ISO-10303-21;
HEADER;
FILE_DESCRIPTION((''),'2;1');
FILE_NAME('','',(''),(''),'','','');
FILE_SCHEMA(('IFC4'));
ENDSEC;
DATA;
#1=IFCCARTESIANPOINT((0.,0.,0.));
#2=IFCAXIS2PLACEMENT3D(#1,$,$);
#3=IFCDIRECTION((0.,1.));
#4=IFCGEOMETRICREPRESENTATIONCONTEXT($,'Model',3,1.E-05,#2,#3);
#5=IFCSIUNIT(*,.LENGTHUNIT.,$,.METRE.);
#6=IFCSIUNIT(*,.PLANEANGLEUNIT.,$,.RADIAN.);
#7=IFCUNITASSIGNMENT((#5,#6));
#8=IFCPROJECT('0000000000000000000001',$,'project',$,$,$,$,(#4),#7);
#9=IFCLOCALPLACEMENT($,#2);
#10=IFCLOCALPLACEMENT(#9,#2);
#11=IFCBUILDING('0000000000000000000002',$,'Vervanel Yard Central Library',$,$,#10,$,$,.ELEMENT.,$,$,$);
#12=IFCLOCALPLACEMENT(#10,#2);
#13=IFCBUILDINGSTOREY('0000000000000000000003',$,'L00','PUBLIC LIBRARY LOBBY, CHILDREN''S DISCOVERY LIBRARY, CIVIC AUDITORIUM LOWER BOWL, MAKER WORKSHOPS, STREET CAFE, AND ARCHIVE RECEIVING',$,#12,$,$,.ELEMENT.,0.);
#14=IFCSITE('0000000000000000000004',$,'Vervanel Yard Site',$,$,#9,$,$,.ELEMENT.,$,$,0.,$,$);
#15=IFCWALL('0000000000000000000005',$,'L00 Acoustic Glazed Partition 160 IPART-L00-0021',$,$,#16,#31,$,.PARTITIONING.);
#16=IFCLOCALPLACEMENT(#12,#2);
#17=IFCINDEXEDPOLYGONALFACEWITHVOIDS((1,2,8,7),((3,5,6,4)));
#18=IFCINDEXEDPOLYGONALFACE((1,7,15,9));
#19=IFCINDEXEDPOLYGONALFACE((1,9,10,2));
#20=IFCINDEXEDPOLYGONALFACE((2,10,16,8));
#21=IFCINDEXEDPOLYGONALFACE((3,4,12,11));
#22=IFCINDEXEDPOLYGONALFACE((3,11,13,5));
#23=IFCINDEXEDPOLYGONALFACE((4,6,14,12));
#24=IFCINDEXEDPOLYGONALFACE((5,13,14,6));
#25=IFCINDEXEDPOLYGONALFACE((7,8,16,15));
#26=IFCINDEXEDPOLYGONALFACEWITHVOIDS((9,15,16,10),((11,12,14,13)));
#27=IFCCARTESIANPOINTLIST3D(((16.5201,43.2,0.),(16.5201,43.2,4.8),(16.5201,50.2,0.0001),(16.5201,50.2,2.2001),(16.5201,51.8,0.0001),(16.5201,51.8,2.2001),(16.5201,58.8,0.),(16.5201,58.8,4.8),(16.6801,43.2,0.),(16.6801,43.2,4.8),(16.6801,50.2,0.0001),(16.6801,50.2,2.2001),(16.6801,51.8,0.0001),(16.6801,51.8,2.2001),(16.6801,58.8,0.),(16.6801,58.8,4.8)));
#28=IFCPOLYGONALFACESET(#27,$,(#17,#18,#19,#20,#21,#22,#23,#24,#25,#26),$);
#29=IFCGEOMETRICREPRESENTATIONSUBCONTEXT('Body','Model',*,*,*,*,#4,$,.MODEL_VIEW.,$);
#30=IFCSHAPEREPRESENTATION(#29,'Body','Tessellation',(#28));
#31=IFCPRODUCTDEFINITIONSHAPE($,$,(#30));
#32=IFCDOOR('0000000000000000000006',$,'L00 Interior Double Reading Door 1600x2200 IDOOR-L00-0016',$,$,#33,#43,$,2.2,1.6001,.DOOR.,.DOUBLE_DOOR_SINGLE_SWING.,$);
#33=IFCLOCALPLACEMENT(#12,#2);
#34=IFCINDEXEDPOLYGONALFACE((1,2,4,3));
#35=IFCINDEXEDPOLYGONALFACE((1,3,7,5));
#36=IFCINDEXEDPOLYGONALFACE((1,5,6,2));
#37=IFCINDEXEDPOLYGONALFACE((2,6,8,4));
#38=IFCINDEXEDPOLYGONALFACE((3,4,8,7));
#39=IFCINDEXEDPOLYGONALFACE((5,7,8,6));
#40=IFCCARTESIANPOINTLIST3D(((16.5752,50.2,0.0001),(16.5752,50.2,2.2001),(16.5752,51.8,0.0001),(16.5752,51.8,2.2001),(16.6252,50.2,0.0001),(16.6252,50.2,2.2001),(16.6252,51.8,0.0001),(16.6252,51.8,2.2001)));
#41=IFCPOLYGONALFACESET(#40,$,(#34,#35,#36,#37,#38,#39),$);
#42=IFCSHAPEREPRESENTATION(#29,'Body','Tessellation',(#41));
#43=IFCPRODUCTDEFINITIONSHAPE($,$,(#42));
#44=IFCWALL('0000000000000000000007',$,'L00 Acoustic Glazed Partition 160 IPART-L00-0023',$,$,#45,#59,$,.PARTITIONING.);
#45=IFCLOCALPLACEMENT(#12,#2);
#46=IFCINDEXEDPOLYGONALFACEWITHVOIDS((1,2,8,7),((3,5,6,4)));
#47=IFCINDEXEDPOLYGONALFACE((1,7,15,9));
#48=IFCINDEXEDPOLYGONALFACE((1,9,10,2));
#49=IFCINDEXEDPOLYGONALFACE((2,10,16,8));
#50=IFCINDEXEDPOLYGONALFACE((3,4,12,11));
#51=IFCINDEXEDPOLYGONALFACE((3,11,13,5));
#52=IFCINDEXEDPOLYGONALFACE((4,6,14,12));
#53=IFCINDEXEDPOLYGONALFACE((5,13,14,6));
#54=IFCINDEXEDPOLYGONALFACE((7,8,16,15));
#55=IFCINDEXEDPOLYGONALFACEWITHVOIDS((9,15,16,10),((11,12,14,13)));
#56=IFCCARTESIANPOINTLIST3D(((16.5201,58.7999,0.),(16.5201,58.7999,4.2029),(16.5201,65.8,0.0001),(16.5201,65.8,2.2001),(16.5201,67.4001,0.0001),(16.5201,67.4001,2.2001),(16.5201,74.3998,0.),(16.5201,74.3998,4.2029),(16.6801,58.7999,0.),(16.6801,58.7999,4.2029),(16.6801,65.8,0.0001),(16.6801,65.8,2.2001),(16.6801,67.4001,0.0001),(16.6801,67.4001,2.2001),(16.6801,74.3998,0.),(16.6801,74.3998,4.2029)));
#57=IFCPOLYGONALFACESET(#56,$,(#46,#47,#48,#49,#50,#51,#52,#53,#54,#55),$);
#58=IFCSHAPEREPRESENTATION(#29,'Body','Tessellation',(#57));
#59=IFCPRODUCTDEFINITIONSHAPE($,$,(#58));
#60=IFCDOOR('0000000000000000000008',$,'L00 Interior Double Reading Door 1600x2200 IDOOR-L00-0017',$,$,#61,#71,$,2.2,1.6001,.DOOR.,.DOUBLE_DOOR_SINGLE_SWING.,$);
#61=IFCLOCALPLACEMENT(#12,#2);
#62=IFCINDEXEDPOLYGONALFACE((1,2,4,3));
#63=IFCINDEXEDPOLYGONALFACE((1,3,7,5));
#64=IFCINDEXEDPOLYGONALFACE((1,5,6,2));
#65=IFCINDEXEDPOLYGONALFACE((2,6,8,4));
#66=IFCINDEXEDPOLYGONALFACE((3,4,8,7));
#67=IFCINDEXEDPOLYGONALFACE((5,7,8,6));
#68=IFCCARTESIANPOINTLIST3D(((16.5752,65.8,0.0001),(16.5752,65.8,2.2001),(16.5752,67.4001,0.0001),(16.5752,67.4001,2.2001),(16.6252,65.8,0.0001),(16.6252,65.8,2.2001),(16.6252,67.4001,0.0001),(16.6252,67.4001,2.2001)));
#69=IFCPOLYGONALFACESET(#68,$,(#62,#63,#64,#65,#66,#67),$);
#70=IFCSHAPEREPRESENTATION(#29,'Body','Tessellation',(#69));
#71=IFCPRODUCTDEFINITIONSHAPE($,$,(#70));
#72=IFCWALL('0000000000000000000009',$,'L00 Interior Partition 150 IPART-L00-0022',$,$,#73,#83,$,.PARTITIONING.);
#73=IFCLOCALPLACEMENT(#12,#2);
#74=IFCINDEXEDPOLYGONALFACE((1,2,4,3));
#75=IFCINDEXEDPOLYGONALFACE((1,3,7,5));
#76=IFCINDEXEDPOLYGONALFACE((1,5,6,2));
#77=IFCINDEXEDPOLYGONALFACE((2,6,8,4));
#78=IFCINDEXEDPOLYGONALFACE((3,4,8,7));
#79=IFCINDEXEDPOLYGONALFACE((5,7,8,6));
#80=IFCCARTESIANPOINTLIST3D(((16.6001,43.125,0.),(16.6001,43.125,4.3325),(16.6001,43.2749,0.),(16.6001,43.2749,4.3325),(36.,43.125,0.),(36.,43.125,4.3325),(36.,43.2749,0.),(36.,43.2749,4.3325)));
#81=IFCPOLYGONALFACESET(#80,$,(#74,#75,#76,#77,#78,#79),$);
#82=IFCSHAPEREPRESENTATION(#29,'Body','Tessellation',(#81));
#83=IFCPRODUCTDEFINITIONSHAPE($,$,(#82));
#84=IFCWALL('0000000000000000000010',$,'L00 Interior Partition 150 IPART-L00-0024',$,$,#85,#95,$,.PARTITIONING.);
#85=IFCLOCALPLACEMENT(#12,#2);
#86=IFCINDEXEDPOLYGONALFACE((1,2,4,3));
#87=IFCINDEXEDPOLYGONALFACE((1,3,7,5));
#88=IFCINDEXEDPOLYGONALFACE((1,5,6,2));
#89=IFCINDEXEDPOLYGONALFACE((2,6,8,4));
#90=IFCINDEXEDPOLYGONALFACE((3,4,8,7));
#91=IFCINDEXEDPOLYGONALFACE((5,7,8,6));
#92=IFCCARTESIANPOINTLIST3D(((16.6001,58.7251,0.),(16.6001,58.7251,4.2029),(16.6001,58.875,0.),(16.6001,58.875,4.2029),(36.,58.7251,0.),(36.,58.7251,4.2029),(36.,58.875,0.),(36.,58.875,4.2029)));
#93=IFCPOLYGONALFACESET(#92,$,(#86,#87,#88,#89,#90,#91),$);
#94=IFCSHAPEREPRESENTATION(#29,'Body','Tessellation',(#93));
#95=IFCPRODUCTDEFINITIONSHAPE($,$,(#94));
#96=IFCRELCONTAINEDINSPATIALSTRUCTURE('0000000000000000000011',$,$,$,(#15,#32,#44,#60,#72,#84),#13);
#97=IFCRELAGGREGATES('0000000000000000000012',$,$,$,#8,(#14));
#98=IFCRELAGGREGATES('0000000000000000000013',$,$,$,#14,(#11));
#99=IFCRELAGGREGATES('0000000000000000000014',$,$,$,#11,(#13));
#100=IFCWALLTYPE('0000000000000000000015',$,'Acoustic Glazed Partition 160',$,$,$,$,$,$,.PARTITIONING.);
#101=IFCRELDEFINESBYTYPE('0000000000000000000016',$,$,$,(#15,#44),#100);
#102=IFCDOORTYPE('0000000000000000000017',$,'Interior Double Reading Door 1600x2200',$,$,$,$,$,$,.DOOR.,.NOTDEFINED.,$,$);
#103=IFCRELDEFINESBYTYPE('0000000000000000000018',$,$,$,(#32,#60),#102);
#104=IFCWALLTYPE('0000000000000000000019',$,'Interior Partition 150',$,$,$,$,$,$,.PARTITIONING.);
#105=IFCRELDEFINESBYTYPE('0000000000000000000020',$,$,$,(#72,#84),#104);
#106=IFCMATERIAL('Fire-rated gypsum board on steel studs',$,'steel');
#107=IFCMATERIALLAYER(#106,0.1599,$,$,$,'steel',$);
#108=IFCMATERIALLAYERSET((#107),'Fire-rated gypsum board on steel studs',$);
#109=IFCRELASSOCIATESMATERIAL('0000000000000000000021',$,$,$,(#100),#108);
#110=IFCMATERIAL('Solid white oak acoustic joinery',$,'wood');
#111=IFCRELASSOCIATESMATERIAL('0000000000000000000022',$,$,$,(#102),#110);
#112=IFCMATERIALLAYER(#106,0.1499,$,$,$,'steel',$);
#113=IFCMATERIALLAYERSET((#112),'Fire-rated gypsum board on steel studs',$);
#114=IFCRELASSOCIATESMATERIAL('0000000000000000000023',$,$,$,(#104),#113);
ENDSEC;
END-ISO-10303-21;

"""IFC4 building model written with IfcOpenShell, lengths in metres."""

from ifc_helpers import new_model, si_unit, direction, frame, frame_2d, origin, place, context, subcontext, project, spatial, rectangle, extrude, material, layer, layer_set, type_object, element, fill, save


model = new_model("IFC4")

# Units and contexts
model_context = context("Model", 3, precision=1e-05, world=origin(), true_north=direction((0.0, 1.0)))
body_context = subcontext(model_context, "Body", "Model", "MODEL_VIEW")
ifc_project = project(units=[si_unit("LENGTHUNIT", "METRE"), si_unit("PLANEANGLEUNIT", "RADIAN")], contexts=[model_context])

# Site, building, storey
site_placement = place(None, origin())
site = spatial("IfcSite", under=ifc_project, at=site_placement, Name="Vervanel Yard Site", CompositionType="ELEMENT", RefElevation=0.0)
building_placement = place(site_placement, origin())
building = spatial("IfcBuilding", under=site, at=building_placement, Name="Vervanel Yard Central Library", CompositionType="ELEMENT")
storey_placement = place(building_placement, origin())
storey = spatial("IfcBuildingStorey", under=building, at=storey_placement, Name="L00", Description="PUBLIC LIBRARY LOBBY, CHILDREN'S DISCOVERY LIBRARY, CIVIC AUDITORIUM LOWER BOWL, MAKER WORKSHOPS, STREET CAFE, AND ARCHIVE RECEIVING", CompositionType="ELEMENT", Elevation=0.0)

# Walls, openings, doors
ifc_material_1 = material(Name="Fire-rated gypsum board on steel studs", Category="steel")
ifc_layer_1 = layer(ifc_material_1, 0.1599, Category="steel")
ifc_layer_set_1 = layer_set([ifc_layer_1], Name="Fire-rated gypsum board on steel studs")
wall_type_1 = type_object("IfcWallType", Name="Acoustic Glazed Partition 160", PredefinedType="PARTITIONING", material=ifc_layer_set_1)
wall_1_placement = place(storey_placement, frame((16.6001, 43.2, 0.0), z_axis=(0.0, 0.0, 1.0), x_axis=(0.0, 1.0, 0.0)))
wall_1 = element("IfcWall", 1, at=wall_1_placement, inside=storey, type_object=wall_type_1, Name="L00 Acoustic Glazed Partition 160 IPART-L00-0021", PredefinedType="PARTITIONING", context=body_context, shape_type="SweptSolid", body=[
    extrude(rectangle(XDim=15.6001, YDim=0.1599, at=frame_2d((7.8, 0.0))), origin(), (0.0, 0.0, 1.0), 4.8),
])
opening_1_placement = place(wall_1_placement, frame((7.0, 0.0, 0.0)))
opening_1 = element("IfcOpeningElement", 2, at=opening_1_placement, cuts=wall_1, PredefinedType="OPENING", context=body_context, shape_type="SweptSolid", body=[
    extrude(rectangle(XDim=1.6001, YDim=2.2, at=frame_2d((0.8, 1.1001))), frame((0.0, 0.0898, 0.0), z_axis=(0.0, -1.0, 0.0), x_axis=(1.0, 0.0, 0.0)), (0.0, 0.0, 1.0), 0.1799),
])
ifc_material_2 = material(Name="Solid white oak acoustic joinery", Category="wood")
door_type = type_object("IfcDoorType", Name="Interior Double Reading Door 1600x2200", OperationType="NOTDEFINED", PredefinedType="DOOR", material=ifc_material_2)
door_1_placement = place(opening_1_placement, origin())
door_1 = element("IfcDoor", 3, at=door_1_placement, inside=storey, type_object=door_type, Name="L00 Interior Double Reading Door 1600x2200 IDOOR-L00-0016", OperationType="DOUBLE_DOOR_SINGLE_SWING", OverallHeight=2.2, OverallWidth=1.6001, PredefinedType="DOOR", context=body_context, shape_type="SweptSolid", body=[
    extrude(rectangle(XDim=1.6001, YDim=2.2, at=frame_2d((0.8, 1.1001))), frame((0.0, 0.0249, 0.0), z_axis=(0.0, -1.0, 0.0), x_axis=(1.0, 0.0, 0.0)), (0.0, 0.0, 1.0), 0.05),
])
fill(opening_1, door_1)
wall_2_placement = place(storey_placement, frame((16.6001, 58.8, 0.0), z_axis=(0.0, 0.0, 1.0), x_axis=(0.0, 1.0, 0.0)))
wall_2 = element("IfcWall", 4, at=wall_2_placement, inside=storey, type_object=wall_type_1, Name="L00 Acoustic Glazed Partition 160 IPART-L00-0023", PredefinedType="PARTITIONING", context=body_context, shape_type="SweptSolid", body=[
    extrude(rectangle(XDim=15.5999, YDim=0.1599, at=frame_2d((7.7998, 0.0))), origin(), (0.0, 0.0, 1.0), 4.2029),
])
opening_2_placement = place(wall_2_placement, frame((7.0, 0.0, 0.0)))
opening_2 = element("IfcOpeningElement", 5, at=opening_2_placement, cuts=wall_2, PredefinedType="OPENING", context=body_context, shape_type="SweptSolid", body=[
    extrude(rectangle(XDim=1.6001, YDim=2.2, at=frame_2d((0.8, 1.1001))), frame((0.0, 0.0898, 0.0), z_axis=(0.0, -1.0, 0.0), x_axis=(1.0, 0.0, 0.0)), (0.0, 0.0, 1.0), 0.1799),
])
door_2_placement = place(opening_2_placement, origin())
door_2 = element("IfcDoor", 6, at=door_2_placement, inside=storey, type_object=door_type, Name="L00 Interior Double Reading Door 1600x2200 IDOOR-L00-0017", OperationType="DOUBLE_DOOR_SINGLE_SWING", OverallHeight=2.2, OverallWidth=1.6001, PredefinedType="DOOR", context=body_context, shape_type="SweptSolid", body=[
    extrude(rectangle(XDim=1.6001, YDim=2.2, at=frame_2d((0.8, 1.1001))), frame((0.0, 0.0249, 0.0), z_axis=(0.0, -1.0, 0.0), x_axis=(1.0, 0.0, 0.0)), (0.0, 0.0, 1.0), 0.05),
])
fill(opening_2, door_2)

# Walls
ifc_layer_2 = layer(ifc_material_1, 0.1499, Category="steel")
ifc_layer_set_2 = layer_set([ifc_layer_2], Name="Fire-rated gypsum board on steel studs")
wall_type_2 = type_object("IfcWallType", Name="Interior Partition 150", PredefinedType="PARTITIONING", material=ifc_layer_set_2)
wall_3_placement = place(storey_placement, frame((16.6001, 43.2, 0.0), z_axis=(0.0, 0.0, 1.0), x_axis=(1.0, 0.0, 0.0)))
element("IfcWall", 7, at=wall_3_placement, inside=storey, type_object=wall_type_2, Name="L00 Interior Partition 150 IPART-L00-0022", PredefinedType="PARTITIONING", context=body_context, shape_type="SweptSolid", body=[
    extrude(rectangle(XDim=19.3999, YDim=0.1499, at=frame_2d((9.7, 0.0))), origin(), (0.0, 0.0, 1.0), 4.3325),
])
wall_4_placement = place(storey_placement, frame((16.6001, 58.8, 0.0), z_axis=(0.0, 0.0, 1.0), x_axis=(1.0, 0.0, 0.0)))
element("IfcWall", 8, at=wall_4_placement, inside=storey, type_object=wall_type_2, Name="L00 Interior Partition 150 IPART-L00-0024", PredefinedType="PARTITIONING", context=body_context, shape_type="SweptSolid", body=[
    extrude(rectangle(XDim=19.3999, YDim=0.1499, at=frame_2d((9.7, 0.0))), origin(), (0.0, 0.0, 1.0), 4.2029),
])

save(model, "model.ifc")
